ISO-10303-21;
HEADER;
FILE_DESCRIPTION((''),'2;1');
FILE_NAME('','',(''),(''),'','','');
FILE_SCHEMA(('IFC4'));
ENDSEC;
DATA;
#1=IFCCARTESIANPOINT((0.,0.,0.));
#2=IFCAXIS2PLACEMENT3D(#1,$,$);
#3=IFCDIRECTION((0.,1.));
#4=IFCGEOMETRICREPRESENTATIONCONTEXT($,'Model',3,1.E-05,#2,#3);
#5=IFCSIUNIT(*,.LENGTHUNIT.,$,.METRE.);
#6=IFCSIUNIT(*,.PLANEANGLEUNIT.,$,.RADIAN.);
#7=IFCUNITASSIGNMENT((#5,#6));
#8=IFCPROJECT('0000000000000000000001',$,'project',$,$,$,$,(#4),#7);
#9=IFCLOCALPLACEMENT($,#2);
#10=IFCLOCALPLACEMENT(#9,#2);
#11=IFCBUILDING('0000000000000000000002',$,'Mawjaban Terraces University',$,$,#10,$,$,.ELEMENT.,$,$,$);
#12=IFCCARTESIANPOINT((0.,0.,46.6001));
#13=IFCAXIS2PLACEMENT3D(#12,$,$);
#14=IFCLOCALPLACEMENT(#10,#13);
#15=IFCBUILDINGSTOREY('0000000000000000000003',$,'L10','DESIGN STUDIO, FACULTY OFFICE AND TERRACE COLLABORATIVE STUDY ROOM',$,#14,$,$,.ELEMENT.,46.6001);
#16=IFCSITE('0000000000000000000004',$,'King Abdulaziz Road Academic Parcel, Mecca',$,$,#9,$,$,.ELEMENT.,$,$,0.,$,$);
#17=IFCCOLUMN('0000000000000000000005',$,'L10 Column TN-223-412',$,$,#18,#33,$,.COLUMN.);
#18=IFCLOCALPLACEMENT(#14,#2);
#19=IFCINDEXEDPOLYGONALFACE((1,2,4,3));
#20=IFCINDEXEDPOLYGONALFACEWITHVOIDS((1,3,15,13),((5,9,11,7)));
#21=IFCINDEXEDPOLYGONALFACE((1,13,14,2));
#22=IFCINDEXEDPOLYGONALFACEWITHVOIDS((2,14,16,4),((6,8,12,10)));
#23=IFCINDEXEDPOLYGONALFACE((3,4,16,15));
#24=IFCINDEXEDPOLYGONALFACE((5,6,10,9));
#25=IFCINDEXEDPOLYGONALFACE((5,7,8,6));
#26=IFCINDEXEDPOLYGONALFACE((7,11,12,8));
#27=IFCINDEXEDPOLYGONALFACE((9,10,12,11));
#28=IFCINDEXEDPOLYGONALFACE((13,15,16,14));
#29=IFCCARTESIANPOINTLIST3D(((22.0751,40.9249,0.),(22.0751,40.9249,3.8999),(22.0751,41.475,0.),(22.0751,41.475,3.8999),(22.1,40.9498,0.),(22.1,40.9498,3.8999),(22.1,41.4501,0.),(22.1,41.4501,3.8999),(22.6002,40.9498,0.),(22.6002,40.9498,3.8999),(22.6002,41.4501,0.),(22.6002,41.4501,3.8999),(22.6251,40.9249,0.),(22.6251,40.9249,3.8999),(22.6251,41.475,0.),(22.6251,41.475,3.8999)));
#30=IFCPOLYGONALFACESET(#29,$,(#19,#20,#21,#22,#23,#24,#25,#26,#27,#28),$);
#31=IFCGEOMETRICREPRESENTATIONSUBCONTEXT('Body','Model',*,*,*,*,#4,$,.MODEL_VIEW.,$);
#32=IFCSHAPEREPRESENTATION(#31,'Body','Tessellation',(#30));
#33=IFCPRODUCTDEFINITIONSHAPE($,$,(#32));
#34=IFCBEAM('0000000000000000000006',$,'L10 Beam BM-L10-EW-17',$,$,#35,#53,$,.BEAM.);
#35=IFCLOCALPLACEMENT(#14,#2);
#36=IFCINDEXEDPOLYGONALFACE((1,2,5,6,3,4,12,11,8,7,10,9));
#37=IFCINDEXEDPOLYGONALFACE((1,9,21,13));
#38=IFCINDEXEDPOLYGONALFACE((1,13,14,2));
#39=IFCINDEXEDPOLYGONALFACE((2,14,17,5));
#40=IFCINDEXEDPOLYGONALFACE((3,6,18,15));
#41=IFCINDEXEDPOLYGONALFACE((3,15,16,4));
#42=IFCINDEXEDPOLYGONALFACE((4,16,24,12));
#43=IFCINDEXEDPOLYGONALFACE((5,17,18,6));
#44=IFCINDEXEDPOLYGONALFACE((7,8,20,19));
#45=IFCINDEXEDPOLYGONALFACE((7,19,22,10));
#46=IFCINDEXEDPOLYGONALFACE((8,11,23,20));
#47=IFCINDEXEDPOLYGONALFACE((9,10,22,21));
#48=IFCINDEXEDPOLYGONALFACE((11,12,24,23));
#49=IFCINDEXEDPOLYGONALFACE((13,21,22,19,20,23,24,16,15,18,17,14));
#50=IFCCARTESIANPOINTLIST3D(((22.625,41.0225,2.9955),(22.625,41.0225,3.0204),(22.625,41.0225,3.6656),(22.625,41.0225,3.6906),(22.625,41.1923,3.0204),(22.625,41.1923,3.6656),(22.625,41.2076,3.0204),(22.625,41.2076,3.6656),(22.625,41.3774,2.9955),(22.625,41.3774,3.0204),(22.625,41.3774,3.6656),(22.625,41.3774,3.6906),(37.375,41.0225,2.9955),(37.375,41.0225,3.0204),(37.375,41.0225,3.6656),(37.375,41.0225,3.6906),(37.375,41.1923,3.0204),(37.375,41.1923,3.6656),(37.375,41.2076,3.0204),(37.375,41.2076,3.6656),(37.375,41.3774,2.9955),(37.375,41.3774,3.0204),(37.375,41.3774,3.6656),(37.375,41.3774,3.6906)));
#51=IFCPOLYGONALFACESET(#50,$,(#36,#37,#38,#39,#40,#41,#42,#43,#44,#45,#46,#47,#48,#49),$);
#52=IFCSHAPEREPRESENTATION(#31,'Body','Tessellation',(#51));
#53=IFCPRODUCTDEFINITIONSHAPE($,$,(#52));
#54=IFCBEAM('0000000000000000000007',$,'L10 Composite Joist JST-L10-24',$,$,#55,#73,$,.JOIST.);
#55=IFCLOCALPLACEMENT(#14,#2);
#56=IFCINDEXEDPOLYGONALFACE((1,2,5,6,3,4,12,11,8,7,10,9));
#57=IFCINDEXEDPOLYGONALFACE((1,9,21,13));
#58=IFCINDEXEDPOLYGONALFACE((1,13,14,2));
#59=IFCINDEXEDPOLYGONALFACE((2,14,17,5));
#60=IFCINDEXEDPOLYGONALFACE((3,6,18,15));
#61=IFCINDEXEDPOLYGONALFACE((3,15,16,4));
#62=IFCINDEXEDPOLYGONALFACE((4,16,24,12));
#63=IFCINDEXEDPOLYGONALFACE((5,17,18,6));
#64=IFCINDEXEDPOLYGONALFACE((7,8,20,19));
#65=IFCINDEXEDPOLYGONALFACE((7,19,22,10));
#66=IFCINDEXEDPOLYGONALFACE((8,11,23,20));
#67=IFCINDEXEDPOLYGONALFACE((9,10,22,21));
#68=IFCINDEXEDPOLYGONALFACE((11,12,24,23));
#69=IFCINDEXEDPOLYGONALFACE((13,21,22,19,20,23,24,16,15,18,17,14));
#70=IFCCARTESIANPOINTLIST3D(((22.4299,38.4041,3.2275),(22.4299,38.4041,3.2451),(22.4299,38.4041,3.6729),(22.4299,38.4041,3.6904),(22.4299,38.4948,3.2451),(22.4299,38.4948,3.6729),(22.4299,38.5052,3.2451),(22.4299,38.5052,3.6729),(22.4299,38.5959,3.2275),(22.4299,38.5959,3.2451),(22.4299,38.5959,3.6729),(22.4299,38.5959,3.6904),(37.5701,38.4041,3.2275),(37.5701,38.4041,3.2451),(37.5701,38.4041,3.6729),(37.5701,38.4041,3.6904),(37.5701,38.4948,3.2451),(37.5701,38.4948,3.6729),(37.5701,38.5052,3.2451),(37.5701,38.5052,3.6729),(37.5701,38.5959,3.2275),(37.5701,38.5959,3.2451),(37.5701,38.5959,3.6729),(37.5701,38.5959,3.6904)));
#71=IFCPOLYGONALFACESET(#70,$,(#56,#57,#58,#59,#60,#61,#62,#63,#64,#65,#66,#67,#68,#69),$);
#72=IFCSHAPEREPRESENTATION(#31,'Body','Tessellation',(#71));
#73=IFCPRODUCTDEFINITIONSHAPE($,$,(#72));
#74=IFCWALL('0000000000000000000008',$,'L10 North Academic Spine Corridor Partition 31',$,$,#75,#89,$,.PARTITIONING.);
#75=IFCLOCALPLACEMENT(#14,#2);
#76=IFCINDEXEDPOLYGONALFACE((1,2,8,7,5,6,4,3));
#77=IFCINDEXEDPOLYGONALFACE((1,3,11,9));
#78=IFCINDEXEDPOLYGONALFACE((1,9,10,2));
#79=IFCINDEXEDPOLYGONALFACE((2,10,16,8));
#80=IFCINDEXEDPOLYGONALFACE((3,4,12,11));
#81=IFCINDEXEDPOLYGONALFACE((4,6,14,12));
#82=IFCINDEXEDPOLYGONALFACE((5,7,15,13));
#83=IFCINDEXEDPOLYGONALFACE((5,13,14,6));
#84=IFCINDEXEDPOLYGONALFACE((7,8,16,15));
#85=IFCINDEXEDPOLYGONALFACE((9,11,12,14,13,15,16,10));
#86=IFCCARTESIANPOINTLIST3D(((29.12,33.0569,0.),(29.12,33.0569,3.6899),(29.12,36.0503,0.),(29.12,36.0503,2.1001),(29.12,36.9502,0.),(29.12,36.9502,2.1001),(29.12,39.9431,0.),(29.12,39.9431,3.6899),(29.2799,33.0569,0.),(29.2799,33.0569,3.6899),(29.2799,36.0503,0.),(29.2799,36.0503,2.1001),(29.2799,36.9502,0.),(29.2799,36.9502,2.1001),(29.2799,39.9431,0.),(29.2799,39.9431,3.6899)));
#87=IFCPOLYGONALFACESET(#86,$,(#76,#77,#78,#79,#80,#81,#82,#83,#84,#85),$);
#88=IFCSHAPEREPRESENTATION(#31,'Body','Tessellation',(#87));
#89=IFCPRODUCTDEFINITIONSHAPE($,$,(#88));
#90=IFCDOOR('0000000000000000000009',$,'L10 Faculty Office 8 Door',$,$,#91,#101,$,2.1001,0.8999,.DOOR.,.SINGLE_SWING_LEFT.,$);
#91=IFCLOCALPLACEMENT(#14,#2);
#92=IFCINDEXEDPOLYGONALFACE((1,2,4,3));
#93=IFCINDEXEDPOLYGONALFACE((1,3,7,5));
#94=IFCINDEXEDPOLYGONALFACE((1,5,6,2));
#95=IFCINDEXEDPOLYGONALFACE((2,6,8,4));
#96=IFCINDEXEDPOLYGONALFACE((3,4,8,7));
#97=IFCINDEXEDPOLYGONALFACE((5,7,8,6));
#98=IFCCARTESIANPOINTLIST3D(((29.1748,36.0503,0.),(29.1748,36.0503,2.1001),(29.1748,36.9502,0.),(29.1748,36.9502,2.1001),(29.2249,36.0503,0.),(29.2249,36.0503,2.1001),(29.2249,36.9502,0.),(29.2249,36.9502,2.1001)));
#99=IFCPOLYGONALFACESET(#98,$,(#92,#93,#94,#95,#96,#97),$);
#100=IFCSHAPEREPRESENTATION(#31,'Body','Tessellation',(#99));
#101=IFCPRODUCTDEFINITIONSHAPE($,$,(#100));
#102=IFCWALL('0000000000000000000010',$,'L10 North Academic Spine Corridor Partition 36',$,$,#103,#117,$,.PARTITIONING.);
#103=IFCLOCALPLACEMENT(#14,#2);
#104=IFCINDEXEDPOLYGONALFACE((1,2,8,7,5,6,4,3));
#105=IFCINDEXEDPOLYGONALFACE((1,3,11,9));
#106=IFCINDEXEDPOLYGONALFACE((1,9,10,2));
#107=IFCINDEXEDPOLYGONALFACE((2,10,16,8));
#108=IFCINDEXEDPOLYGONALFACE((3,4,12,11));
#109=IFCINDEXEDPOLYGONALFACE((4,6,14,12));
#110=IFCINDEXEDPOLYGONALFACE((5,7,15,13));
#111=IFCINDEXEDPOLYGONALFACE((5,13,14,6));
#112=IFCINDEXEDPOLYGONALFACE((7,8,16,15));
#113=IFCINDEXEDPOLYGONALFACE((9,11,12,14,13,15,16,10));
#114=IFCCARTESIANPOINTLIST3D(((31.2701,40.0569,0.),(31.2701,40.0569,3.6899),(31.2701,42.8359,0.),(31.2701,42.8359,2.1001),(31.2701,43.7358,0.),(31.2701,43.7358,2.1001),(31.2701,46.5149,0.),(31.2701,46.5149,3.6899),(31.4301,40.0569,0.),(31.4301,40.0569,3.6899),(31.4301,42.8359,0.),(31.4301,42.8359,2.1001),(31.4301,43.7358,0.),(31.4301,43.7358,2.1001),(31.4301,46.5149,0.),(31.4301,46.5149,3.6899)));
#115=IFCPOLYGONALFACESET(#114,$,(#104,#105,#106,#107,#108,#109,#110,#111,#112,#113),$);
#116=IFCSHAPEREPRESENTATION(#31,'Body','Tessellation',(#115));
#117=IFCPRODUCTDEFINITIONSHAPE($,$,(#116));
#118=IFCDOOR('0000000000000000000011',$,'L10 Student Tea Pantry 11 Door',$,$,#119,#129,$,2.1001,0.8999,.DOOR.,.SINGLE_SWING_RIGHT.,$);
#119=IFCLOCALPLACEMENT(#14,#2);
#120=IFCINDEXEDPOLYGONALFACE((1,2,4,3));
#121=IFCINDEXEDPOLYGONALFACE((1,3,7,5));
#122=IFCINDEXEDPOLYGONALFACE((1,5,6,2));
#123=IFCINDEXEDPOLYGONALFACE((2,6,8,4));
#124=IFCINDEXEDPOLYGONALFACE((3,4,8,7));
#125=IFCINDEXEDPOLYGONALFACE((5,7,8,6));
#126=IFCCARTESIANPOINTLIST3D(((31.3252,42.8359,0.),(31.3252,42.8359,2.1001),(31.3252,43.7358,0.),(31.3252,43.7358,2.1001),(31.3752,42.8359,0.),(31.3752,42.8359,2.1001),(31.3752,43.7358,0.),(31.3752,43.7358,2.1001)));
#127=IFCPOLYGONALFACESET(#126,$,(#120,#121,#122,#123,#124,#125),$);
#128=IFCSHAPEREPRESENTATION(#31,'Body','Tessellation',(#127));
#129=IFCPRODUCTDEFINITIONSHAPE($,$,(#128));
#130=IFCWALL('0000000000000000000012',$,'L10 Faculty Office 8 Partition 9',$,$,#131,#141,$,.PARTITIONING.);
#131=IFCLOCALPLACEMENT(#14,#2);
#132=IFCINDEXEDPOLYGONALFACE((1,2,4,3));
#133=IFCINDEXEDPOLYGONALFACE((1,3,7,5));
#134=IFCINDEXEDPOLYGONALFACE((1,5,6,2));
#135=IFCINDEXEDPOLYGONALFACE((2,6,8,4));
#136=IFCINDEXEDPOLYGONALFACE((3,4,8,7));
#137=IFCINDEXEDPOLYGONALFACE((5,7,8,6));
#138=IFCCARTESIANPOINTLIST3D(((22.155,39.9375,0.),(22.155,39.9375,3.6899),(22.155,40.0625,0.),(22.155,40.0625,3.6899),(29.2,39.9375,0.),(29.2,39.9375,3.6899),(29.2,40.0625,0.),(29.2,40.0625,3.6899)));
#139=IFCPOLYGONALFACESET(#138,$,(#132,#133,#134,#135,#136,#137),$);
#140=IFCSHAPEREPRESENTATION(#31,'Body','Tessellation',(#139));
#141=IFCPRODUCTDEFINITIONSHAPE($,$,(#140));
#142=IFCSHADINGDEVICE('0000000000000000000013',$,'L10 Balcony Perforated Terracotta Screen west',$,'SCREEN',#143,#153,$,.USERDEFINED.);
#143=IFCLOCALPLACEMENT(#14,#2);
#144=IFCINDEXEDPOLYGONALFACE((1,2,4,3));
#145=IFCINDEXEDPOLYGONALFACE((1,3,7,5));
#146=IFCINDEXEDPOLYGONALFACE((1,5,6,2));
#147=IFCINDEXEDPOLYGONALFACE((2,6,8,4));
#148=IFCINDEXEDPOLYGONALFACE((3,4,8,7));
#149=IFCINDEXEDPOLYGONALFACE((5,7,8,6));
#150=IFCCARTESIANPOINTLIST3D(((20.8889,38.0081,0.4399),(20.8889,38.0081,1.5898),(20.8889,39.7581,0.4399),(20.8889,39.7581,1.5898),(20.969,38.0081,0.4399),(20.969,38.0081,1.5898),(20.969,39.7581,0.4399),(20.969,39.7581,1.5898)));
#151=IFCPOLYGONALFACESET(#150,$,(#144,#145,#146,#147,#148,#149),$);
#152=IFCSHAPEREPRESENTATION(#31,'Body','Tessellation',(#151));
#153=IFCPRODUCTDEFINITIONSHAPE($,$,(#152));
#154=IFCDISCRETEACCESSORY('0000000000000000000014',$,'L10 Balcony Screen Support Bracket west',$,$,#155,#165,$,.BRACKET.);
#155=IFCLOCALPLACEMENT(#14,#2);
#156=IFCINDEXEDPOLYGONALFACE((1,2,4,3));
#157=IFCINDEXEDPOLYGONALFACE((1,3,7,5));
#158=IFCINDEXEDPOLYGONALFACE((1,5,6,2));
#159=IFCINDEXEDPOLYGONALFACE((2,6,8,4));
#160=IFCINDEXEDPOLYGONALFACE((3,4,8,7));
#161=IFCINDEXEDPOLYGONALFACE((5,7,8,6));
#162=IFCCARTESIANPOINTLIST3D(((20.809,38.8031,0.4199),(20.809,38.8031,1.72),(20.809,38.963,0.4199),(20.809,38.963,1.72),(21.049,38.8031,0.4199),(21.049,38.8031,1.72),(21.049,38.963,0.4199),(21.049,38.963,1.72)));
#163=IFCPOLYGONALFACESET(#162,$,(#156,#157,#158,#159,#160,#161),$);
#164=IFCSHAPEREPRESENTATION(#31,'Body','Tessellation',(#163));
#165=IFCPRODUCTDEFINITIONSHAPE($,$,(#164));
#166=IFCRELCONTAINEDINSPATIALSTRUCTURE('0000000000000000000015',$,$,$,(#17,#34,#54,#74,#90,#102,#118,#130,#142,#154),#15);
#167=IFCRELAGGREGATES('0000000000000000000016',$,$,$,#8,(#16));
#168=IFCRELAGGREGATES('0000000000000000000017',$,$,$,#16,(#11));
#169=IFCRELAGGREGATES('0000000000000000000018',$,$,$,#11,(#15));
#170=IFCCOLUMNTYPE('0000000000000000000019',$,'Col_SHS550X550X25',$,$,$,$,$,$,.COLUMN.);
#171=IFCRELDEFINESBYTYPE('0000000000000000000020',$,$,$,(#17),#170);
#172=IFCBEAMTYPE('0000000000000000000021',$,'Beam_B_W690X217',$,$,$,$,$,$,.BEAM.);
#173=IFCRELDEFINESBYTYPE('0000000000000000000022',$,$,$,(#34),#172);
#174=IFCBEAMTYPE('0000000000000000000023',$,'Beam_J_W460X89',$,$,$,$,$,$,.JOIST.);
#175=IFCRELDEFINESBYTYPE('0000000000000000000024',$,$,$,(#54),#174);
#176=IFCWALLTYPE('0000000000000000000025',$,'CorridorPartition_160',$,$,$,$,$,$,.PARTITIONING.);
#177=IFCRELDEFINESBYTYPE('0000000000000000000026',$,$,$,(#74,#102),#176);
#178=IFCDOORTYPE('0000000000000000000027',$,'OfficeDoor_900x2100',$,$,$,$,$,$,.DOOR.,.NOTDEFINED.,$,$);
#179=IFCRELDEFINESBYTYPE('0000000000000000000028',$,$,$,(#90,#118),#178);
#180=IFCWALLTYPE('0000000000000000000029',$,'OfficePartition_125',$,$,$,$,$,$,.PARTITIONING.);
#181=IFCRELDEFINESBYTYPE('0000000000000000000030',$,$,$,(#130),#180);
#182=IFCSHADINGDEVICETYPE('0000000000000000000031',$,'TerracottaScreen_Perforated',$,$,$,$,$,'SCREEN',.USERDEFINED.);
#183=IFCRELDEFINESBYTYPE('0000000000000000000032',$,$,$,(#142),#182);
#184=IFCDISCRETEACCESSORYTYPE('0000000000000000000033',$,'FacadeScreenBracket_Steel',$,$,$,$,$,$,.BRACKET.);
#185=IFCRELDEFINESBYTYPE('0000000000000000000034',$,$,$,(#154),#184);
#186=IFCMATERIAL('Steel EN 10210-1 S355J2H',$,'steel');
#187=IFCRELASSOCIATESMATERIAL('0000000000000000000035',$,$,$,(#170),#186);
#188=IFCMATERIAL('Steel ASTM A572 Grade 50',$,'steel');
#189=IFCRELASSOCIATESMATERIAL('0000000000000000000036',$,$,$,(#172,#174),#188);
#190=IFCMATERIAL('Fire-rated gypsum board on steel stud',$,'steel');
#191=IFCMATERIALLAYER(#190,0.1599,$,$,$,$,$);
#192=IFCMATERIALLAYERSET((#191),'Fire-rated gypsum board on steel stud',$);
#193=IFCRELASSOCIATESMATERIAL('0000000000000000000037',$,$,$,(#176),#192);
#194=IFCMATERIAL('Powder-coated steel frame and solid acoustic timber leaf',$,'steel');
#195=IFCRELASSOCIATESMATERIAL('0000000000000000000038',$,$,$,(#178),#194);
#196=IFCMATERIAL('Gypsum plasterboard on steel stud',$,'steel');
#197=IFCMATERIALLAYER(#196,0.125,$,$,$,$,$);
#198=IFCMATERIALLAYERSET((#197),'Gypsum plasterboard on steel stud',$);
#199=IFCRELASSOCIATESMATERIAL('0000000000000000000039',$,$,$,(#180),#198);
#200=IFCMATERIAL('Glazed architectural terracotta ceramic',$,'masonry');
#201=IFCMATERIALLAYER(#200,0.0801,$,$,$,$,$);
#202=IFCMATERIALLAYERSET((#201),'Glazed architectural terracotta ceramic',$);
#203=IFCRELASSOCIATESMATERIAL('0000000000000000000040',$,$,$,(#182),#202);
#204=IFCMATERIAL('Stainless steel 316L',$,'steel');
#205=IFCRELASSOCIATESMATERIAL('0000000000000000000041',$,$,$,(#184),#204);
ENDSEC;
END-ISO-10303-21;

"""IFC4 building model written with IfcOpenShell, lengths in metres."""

from ifc_helpers import new_model, si_unit, direction, frame, frame_2d, origin, origin_2d, place, context, subcontext, project, spatial, rectangle, hollow_rectangle, i_section, extrude, material, layer, layer_set, material_profile, profile_set, type_object, element, fill, save


model = new_model("IFC4")

# Units and contexts
model_context = context("Model", 3, precision=1e-05, world=origin(), true_north=direction((0.0, 1.0)))
body_context = subcontext(model_context, "Body", "Model", "MODEL_VIEW")
ifc_project = project(units=[si_unit("LENGTHUNIT", "METRE"), si_unit("PLANEANGLEUNIT", "RADIAN")], contexts=[model_context])

# Site, building, storey
site_placement = place(None, origin())
site = spatial("IfcSite", under=ifc_project, at=site_placement, Name="King Abdulaziz Road Academic Parcel, Mecca", CompositionType="ELEMENT", RefElevation=0.0)
building_placement = place(site_placement, origin())
building = spatial("IfcBuilding", under=site, at=building_placement, Name="Mawjaban Terraces University", CompositionType="ELEMENT")
storey_placement = place(building_placement, frame((0.0, 0.0, 46.6001)))
storey = spatial("IfcBuildingStorey", under=building, at=storey_placement, Name="L10", Description="DESIGN STUDIO, FACULTY OFFICE AND TERRACE COLLABORATIVE STUDY ROOM", CompositionType="ELEMENT", Elevation=46.6001)

# Column
ifc_material_1 = material(Name="Steel EN 10210-1 S355J2H", Category="steel")
ifc_material_profile_1 = material_profile(ifc_material_1, hollow_rectangle(XDim=0.55, YDim=0.55, WallThickness=0.0249, at=origin_2d()), Name="SHS550X550X25")
ifc_profile_set_1 = profile_set([ifc_material_profile_1], Name="Steel EN 10210-1 S355J2H")
column_type = type_object("IfcColumnType", Name="Col_SHS550X550X25", PredefinedType="COLUMN", material=ifc_profile_set_1)
column_placement = place(storey_placement, frame((22.3501, 41.2, 0.0), z_axis=(0.0, 0.0, 1.0), x_axis=(1.0, 0.0, 0.0)))
element("IfcColumn", 1, at=column_placement, inside=storey, type_object=column_type, Name="L10 Column TN-223-412", PredefinedType="COLUMN", context=body_context, shape_type="SweptSolid", body=[
    extrude(hollow_rectangle(XDim=0.55, YDim=0.55, WallThickness=0.0249, at=origin_2d()), origin(), (0.0, 0.0, 1.0), 3.8999),
])

# Beams
ifc_material_2 = material(Name="Steel ASTM A572 Grade 50", Category="steel")
ifc_material_profile_2 = material_profile(ifc_material_2, i_section(OverallWidth=0.355, OverallDepth=0.6951, WebThickness=0.0154, FlangeThickness=0.0249, at=origin_2d()), Name="W690X217")
ifc_profile_set_2 = profile_set([ifc_material_profile_2], Name="Steel ASTM A572 Grade 50")
beam_type_1 = type_object("IfcBeamType", Name="Beam_B_W690X217", PredefinedType="BEAM", material=ifc_profile_set_2)
beam_1_placement = place(storey_placement, frame((22.625, 41.2, 3.343), z_axis=(1.0, 0.0, 0.0), x_axis=(0.0, 1.0, 0.0)))
element("IfcBeam", 2, at=beam_1_placement, inside=storey, type_object=beam_type_1, Name="L10 Beam BM-L10-EW-17", PredefinedType="BEAM", context=body_context, shape_type="SweptSolid", body=[
    extrude(i_section(OverallWidth=0.355, OverallDepth=0.6951, WebThickness=0.0154, FlangeThickness=0.0249, at=origin_2d()), origin(), (0.0, 0.0, 1.0), 14.75),
])
ifc_material_profile_3 = material_profile(ifc_material_2, i_section(OverallWidth=0.1919, OverallDepth=0.4629, WebThickness=0.0105, FlangeThickness=0.0176, at=origin_2d()), Name="W460X89")
ifc_profile_set_3 = profile_set([ifc_material_profile_3], Name="Steel ASTM A572 Grade 50")
beam_type_2 = type_object("IfcBeamType", Name="Beam_J_W460X89", PredefinedType="JOIST", material=ifc_profile_set_3)
beam_2_placement = place(storey_placement, frame((22.4299, 38.5, 3.459), z_axis=(1.0, 0.0, 0.0), x_axis=(0.0, 1.0, 0.0)))
element("IfcBeam", 3, at=beam_2_placement, inside=storey, type_object=beam_type_2, Name="L10 Composite Joist JST-L10-24", PredefinedType="JOIST", context=body_context, shape_type="SweptSolid", body=[
    extrude(i_section(OverallWidth=0.1919, OverallDepth=0.4629, WebThickness=0.0105, FlangeThickness=0.0176, at=origin_2d()), origin(), (0.0, 0.0, 1.0), 15.1401),
])

# Walls, openings, doors
ifc_material_3 = material(Name="Fire-rated gypsum board on steel stud", Category="steel")
ifc_layer_1 = layer(ifc_material_3, 0.1599)
ifc_layer_set_1 = layer_set([ifc_layer_1], Name="Fire-rated gypsum board on steel stud")
wall_type_1 = type_object("IfcWallType", Name="CorridorPartition_160", PredefinedType="PARTITIONING", material=ifc_layer_set_1)
wall_1_placement = place(storey_placement, frame((29.2, 39.9431, 0.0), z_axis=(0.0, 0.0, 1.0), x_axis=(0.0, -1.0, 0.0)))
wall_1 = element("IfcWall", 4, at=wall_1_placement, inside=storey, type_object=wall_type_1, Name="L10 North Academic Spine Corridor Partition 31", PredefinedType="PARTITIONING", context=body_context, shape_type="SweptSolid", body=[
    extrude(rectangle(XDim=6.8862, YDim=0.1599, at=frame_2d((3.4431, 0.0))), origin(), (0.0, 0.0, 1.0), 3.6899),
])
opening_1_placement = place(wall_1_placement, frame((2.9929, 0.0, 0.0)))
opening_1 = element("IfcOpeningElement", 5, at=opening_1_placement, cuts=wall_1, PredefinedType="OPENING", context=body_context, shape_type="SweptSolid", body=[
    extrude(rectangle(XDim=0.8999, YDim=2.1001, at=frame_2d((0.45, 1.05))), frame((0.0, 0.0898, 0.0), z_axis=(0.0, -1.0, 0.0), x_axis=(1.0, 0.0, 0.0)), (0.0, 0.0, 1.0), 0.1799),
])
ifc_material_4 = material(Name="Powder-coated steel frame and solid acoustic timber leaf", Category="steel")
door_type = type_object("IfcDoorType", Name="OfficeDoor_900x2100", OperationType="NOTDEFINED", PredefinedType="DOOR", material=ifc_material_4)
door_1_placement = place(opening_1_placement, origin())
door_1 = element("IfcDoor", 6, at=door_1_placement, inside=storey, type_object=door_type, Name="L10 Faculty Office 8 Door", OperationType="SINGLE_SWING_LEFT", OverallHeight=2.1001, OverallWidth=0.8999, PredefinedType="DOOR", context=body_context, shape_type="SweptSolid", body=[
    extrude(rectangle(XDim=0.8999, YDim=2.1001, at=frame_2d((0.45, 1.05))), frame((0.0, 0.0249, 0.0), z_axis=(0.0, -1.0, 0.0), x_axis=(1.0, 0.0, 0.0)), (0.0, 0.0, 1.0), 0.05),
])
fill(opening_1, door_1)
wall_2_placement = place(storey_placement, frame((31.3501, 40.0569, 0.0), z_axis=(0.0, 0.0, 1.0), x_axis=(0.0, 1.0, 0.0)))
wall_2 = element("IfcWall", 7, at=wall_2_placement, inside=storey, type_object=wall_type_1, Name="L10 North Academic Spine Corridor Partition 36", PredefinedType="PARTITIONING", context=body_context, shape_type="SweptSolid", body=[
    extrude(rectangle(XDim=6.458, YDim=0.1599, at=frame_2d((3.229, 0.0))), origin(), (0.0, 0.0, 1.0), 3.6899),
])
opening_2_placement = place(wall_2_placement, frame((2.7791, 0.0, 0.0)))
opening_2 = element("IfcOpeningElement", 8, at=opening_2_placement, cuts=wall_2, PredefinedType="OPENING", context=body_context, shape_type="SweptSolid", body=[
    extrude(rectangle(XDim=0.8999, YDim=2.1001, at=frame_2d((0.45, 1.05))), frame((0.0, 0.0898, 0.0), z_axis=(0.0, -1.0, 0.0), x_axis=(1.0, 0.0, 0.0)), (0.0, 0.0, 1.0), 0.1799),
])
door_2_placement = place(opening_2_placement, origin())
door_2 = element("IfcDoor", 9, at=door_2_placement, inside=storey, type_object=door_type, Name="L10 Student Tea Pantry 11 Door", OperationType="SINGLE_SWING_RIGHT", OverallHeight=2.1001, OverallWidth=0.8999, PredefinedType="DOOR", context=body_context, shape_type="SweptSolid", body=[
    extrude(rectangle(XDim=0.8999, YDim=2.1001, at=frame_2d((0.45, 1.05))), frame((0.0, 0.0249, 0.0), z_axis=(0.0, -1.0, 0.0), x_axis=(1.0, 0.0, 0.0)), (0.0, 0.0, 1.0), 0.05),
])
fill(opening_2, door_2)

# Wall
ifc_material_5 = material(Name="Gypsum plasterboard on steel stud", Category="steel")
ifc_layer_2 = layer(ifc_material_5, 0.125)
ifc_layer_set_2 = layer_set([ifc_layer_2], Name="Gypsum plasterboard on steel stud")
wall_type_2 = type_object("IfcWallType", Name="OfficePartition_125", PredefinedType="PARTITIONING", material=ifc_layer_set_2)
wall_3_placement = place(storey_placement, frame((29.2, 40.0, 0.0), z_axis=(0.0, 0.0, 1.0), x_axis=(-1.0, 0.0, 0.0)))
element("IfcWall", 10, at=wall_3_placement, inside=storey, type_object=wall_type_2, Name="L10 Faculty Office 8 Partition 9", PredefinedType="PARTITIONING", context=body_context, shape_type="SweptSolid", body=[
    extrude(rectangle(XDim=7.0449, YDim=0.125, at=frame_2d((3.5225, 0.0))), origin(), (0.0, 0.0, 1.0), 3.6899),
])

# Shading device
ifc_material_6 = material(Name="Glazed architectural terracotta ceramic", Category="masonry")
ifc_layer_3 = layer(ifc_material_6, 0.0801)
ifc_layer_set_3 = layer_set([ifc_layer_3], Name="Glazed architectural terracotta ceramic")
shading_device_type = type_object("IfcShadingDeviceType", Name="TerracottaScreen_Perforated", ElementType="SCREEN", PredefinedType="USERDEFINED", material=ifc_layer_set_3)
shading_device_placement = place(storey_placement, frame((20.929, 38.8831, 0.4399), z_axis=(0.0, 0.0, 1.0), x_axis=(0.0, 1.0, 0.0)))
element("IfcShadingDevice", 11, at=shading_device_placement, inside=storey, type_object=shading_device_type, Name="L10 Balcony Perforated Terracotta Screen west", ObjectType="SCREEN", PredefinedType="USERDEFINED", context=body_context, shape_type="SweptSolid", body=[
    extrude(rectangle(XDim=1.75, YDim=0.0801, at=origin_2d()), origin(), (0.0, 0.0, 1.0), 1.1499),
])

# Discrete accessory
ifc_material_7 = material(Name="Stainless steel 316L", Category="steel")
discrete_accessory_type_1 = type_object("IfcDiscreteAccessoryType", Name="FacadeScreenBracket_Steel", PredefinedType="BRACKET", material=ifc_material_7)
discrete_accessory_1_placement = place(storey_placement, frame((20.929, 38.8831, 0.4199), z_axis=(0.0, 0.0, 1.0), x_axis=(0.0, 1.0, 0.0)))
element("IfcDiscreteAccessory", 12, at=discrete_accessory_1_placement, inside=storey, type_object=discrete_accessory_type_1, Name="L10 Balcony Screen Support Bracket west", PredefinedType="BRACKET", context=body_context, shape_type="SweptSolid", body=[
    extrude(rectangle(XDim=0.1599, YDim=0.24, at=origin_2d()), origin(), (0.0, 0.0, 1.0), 1.3),
])

save(model, "model.ifc")
